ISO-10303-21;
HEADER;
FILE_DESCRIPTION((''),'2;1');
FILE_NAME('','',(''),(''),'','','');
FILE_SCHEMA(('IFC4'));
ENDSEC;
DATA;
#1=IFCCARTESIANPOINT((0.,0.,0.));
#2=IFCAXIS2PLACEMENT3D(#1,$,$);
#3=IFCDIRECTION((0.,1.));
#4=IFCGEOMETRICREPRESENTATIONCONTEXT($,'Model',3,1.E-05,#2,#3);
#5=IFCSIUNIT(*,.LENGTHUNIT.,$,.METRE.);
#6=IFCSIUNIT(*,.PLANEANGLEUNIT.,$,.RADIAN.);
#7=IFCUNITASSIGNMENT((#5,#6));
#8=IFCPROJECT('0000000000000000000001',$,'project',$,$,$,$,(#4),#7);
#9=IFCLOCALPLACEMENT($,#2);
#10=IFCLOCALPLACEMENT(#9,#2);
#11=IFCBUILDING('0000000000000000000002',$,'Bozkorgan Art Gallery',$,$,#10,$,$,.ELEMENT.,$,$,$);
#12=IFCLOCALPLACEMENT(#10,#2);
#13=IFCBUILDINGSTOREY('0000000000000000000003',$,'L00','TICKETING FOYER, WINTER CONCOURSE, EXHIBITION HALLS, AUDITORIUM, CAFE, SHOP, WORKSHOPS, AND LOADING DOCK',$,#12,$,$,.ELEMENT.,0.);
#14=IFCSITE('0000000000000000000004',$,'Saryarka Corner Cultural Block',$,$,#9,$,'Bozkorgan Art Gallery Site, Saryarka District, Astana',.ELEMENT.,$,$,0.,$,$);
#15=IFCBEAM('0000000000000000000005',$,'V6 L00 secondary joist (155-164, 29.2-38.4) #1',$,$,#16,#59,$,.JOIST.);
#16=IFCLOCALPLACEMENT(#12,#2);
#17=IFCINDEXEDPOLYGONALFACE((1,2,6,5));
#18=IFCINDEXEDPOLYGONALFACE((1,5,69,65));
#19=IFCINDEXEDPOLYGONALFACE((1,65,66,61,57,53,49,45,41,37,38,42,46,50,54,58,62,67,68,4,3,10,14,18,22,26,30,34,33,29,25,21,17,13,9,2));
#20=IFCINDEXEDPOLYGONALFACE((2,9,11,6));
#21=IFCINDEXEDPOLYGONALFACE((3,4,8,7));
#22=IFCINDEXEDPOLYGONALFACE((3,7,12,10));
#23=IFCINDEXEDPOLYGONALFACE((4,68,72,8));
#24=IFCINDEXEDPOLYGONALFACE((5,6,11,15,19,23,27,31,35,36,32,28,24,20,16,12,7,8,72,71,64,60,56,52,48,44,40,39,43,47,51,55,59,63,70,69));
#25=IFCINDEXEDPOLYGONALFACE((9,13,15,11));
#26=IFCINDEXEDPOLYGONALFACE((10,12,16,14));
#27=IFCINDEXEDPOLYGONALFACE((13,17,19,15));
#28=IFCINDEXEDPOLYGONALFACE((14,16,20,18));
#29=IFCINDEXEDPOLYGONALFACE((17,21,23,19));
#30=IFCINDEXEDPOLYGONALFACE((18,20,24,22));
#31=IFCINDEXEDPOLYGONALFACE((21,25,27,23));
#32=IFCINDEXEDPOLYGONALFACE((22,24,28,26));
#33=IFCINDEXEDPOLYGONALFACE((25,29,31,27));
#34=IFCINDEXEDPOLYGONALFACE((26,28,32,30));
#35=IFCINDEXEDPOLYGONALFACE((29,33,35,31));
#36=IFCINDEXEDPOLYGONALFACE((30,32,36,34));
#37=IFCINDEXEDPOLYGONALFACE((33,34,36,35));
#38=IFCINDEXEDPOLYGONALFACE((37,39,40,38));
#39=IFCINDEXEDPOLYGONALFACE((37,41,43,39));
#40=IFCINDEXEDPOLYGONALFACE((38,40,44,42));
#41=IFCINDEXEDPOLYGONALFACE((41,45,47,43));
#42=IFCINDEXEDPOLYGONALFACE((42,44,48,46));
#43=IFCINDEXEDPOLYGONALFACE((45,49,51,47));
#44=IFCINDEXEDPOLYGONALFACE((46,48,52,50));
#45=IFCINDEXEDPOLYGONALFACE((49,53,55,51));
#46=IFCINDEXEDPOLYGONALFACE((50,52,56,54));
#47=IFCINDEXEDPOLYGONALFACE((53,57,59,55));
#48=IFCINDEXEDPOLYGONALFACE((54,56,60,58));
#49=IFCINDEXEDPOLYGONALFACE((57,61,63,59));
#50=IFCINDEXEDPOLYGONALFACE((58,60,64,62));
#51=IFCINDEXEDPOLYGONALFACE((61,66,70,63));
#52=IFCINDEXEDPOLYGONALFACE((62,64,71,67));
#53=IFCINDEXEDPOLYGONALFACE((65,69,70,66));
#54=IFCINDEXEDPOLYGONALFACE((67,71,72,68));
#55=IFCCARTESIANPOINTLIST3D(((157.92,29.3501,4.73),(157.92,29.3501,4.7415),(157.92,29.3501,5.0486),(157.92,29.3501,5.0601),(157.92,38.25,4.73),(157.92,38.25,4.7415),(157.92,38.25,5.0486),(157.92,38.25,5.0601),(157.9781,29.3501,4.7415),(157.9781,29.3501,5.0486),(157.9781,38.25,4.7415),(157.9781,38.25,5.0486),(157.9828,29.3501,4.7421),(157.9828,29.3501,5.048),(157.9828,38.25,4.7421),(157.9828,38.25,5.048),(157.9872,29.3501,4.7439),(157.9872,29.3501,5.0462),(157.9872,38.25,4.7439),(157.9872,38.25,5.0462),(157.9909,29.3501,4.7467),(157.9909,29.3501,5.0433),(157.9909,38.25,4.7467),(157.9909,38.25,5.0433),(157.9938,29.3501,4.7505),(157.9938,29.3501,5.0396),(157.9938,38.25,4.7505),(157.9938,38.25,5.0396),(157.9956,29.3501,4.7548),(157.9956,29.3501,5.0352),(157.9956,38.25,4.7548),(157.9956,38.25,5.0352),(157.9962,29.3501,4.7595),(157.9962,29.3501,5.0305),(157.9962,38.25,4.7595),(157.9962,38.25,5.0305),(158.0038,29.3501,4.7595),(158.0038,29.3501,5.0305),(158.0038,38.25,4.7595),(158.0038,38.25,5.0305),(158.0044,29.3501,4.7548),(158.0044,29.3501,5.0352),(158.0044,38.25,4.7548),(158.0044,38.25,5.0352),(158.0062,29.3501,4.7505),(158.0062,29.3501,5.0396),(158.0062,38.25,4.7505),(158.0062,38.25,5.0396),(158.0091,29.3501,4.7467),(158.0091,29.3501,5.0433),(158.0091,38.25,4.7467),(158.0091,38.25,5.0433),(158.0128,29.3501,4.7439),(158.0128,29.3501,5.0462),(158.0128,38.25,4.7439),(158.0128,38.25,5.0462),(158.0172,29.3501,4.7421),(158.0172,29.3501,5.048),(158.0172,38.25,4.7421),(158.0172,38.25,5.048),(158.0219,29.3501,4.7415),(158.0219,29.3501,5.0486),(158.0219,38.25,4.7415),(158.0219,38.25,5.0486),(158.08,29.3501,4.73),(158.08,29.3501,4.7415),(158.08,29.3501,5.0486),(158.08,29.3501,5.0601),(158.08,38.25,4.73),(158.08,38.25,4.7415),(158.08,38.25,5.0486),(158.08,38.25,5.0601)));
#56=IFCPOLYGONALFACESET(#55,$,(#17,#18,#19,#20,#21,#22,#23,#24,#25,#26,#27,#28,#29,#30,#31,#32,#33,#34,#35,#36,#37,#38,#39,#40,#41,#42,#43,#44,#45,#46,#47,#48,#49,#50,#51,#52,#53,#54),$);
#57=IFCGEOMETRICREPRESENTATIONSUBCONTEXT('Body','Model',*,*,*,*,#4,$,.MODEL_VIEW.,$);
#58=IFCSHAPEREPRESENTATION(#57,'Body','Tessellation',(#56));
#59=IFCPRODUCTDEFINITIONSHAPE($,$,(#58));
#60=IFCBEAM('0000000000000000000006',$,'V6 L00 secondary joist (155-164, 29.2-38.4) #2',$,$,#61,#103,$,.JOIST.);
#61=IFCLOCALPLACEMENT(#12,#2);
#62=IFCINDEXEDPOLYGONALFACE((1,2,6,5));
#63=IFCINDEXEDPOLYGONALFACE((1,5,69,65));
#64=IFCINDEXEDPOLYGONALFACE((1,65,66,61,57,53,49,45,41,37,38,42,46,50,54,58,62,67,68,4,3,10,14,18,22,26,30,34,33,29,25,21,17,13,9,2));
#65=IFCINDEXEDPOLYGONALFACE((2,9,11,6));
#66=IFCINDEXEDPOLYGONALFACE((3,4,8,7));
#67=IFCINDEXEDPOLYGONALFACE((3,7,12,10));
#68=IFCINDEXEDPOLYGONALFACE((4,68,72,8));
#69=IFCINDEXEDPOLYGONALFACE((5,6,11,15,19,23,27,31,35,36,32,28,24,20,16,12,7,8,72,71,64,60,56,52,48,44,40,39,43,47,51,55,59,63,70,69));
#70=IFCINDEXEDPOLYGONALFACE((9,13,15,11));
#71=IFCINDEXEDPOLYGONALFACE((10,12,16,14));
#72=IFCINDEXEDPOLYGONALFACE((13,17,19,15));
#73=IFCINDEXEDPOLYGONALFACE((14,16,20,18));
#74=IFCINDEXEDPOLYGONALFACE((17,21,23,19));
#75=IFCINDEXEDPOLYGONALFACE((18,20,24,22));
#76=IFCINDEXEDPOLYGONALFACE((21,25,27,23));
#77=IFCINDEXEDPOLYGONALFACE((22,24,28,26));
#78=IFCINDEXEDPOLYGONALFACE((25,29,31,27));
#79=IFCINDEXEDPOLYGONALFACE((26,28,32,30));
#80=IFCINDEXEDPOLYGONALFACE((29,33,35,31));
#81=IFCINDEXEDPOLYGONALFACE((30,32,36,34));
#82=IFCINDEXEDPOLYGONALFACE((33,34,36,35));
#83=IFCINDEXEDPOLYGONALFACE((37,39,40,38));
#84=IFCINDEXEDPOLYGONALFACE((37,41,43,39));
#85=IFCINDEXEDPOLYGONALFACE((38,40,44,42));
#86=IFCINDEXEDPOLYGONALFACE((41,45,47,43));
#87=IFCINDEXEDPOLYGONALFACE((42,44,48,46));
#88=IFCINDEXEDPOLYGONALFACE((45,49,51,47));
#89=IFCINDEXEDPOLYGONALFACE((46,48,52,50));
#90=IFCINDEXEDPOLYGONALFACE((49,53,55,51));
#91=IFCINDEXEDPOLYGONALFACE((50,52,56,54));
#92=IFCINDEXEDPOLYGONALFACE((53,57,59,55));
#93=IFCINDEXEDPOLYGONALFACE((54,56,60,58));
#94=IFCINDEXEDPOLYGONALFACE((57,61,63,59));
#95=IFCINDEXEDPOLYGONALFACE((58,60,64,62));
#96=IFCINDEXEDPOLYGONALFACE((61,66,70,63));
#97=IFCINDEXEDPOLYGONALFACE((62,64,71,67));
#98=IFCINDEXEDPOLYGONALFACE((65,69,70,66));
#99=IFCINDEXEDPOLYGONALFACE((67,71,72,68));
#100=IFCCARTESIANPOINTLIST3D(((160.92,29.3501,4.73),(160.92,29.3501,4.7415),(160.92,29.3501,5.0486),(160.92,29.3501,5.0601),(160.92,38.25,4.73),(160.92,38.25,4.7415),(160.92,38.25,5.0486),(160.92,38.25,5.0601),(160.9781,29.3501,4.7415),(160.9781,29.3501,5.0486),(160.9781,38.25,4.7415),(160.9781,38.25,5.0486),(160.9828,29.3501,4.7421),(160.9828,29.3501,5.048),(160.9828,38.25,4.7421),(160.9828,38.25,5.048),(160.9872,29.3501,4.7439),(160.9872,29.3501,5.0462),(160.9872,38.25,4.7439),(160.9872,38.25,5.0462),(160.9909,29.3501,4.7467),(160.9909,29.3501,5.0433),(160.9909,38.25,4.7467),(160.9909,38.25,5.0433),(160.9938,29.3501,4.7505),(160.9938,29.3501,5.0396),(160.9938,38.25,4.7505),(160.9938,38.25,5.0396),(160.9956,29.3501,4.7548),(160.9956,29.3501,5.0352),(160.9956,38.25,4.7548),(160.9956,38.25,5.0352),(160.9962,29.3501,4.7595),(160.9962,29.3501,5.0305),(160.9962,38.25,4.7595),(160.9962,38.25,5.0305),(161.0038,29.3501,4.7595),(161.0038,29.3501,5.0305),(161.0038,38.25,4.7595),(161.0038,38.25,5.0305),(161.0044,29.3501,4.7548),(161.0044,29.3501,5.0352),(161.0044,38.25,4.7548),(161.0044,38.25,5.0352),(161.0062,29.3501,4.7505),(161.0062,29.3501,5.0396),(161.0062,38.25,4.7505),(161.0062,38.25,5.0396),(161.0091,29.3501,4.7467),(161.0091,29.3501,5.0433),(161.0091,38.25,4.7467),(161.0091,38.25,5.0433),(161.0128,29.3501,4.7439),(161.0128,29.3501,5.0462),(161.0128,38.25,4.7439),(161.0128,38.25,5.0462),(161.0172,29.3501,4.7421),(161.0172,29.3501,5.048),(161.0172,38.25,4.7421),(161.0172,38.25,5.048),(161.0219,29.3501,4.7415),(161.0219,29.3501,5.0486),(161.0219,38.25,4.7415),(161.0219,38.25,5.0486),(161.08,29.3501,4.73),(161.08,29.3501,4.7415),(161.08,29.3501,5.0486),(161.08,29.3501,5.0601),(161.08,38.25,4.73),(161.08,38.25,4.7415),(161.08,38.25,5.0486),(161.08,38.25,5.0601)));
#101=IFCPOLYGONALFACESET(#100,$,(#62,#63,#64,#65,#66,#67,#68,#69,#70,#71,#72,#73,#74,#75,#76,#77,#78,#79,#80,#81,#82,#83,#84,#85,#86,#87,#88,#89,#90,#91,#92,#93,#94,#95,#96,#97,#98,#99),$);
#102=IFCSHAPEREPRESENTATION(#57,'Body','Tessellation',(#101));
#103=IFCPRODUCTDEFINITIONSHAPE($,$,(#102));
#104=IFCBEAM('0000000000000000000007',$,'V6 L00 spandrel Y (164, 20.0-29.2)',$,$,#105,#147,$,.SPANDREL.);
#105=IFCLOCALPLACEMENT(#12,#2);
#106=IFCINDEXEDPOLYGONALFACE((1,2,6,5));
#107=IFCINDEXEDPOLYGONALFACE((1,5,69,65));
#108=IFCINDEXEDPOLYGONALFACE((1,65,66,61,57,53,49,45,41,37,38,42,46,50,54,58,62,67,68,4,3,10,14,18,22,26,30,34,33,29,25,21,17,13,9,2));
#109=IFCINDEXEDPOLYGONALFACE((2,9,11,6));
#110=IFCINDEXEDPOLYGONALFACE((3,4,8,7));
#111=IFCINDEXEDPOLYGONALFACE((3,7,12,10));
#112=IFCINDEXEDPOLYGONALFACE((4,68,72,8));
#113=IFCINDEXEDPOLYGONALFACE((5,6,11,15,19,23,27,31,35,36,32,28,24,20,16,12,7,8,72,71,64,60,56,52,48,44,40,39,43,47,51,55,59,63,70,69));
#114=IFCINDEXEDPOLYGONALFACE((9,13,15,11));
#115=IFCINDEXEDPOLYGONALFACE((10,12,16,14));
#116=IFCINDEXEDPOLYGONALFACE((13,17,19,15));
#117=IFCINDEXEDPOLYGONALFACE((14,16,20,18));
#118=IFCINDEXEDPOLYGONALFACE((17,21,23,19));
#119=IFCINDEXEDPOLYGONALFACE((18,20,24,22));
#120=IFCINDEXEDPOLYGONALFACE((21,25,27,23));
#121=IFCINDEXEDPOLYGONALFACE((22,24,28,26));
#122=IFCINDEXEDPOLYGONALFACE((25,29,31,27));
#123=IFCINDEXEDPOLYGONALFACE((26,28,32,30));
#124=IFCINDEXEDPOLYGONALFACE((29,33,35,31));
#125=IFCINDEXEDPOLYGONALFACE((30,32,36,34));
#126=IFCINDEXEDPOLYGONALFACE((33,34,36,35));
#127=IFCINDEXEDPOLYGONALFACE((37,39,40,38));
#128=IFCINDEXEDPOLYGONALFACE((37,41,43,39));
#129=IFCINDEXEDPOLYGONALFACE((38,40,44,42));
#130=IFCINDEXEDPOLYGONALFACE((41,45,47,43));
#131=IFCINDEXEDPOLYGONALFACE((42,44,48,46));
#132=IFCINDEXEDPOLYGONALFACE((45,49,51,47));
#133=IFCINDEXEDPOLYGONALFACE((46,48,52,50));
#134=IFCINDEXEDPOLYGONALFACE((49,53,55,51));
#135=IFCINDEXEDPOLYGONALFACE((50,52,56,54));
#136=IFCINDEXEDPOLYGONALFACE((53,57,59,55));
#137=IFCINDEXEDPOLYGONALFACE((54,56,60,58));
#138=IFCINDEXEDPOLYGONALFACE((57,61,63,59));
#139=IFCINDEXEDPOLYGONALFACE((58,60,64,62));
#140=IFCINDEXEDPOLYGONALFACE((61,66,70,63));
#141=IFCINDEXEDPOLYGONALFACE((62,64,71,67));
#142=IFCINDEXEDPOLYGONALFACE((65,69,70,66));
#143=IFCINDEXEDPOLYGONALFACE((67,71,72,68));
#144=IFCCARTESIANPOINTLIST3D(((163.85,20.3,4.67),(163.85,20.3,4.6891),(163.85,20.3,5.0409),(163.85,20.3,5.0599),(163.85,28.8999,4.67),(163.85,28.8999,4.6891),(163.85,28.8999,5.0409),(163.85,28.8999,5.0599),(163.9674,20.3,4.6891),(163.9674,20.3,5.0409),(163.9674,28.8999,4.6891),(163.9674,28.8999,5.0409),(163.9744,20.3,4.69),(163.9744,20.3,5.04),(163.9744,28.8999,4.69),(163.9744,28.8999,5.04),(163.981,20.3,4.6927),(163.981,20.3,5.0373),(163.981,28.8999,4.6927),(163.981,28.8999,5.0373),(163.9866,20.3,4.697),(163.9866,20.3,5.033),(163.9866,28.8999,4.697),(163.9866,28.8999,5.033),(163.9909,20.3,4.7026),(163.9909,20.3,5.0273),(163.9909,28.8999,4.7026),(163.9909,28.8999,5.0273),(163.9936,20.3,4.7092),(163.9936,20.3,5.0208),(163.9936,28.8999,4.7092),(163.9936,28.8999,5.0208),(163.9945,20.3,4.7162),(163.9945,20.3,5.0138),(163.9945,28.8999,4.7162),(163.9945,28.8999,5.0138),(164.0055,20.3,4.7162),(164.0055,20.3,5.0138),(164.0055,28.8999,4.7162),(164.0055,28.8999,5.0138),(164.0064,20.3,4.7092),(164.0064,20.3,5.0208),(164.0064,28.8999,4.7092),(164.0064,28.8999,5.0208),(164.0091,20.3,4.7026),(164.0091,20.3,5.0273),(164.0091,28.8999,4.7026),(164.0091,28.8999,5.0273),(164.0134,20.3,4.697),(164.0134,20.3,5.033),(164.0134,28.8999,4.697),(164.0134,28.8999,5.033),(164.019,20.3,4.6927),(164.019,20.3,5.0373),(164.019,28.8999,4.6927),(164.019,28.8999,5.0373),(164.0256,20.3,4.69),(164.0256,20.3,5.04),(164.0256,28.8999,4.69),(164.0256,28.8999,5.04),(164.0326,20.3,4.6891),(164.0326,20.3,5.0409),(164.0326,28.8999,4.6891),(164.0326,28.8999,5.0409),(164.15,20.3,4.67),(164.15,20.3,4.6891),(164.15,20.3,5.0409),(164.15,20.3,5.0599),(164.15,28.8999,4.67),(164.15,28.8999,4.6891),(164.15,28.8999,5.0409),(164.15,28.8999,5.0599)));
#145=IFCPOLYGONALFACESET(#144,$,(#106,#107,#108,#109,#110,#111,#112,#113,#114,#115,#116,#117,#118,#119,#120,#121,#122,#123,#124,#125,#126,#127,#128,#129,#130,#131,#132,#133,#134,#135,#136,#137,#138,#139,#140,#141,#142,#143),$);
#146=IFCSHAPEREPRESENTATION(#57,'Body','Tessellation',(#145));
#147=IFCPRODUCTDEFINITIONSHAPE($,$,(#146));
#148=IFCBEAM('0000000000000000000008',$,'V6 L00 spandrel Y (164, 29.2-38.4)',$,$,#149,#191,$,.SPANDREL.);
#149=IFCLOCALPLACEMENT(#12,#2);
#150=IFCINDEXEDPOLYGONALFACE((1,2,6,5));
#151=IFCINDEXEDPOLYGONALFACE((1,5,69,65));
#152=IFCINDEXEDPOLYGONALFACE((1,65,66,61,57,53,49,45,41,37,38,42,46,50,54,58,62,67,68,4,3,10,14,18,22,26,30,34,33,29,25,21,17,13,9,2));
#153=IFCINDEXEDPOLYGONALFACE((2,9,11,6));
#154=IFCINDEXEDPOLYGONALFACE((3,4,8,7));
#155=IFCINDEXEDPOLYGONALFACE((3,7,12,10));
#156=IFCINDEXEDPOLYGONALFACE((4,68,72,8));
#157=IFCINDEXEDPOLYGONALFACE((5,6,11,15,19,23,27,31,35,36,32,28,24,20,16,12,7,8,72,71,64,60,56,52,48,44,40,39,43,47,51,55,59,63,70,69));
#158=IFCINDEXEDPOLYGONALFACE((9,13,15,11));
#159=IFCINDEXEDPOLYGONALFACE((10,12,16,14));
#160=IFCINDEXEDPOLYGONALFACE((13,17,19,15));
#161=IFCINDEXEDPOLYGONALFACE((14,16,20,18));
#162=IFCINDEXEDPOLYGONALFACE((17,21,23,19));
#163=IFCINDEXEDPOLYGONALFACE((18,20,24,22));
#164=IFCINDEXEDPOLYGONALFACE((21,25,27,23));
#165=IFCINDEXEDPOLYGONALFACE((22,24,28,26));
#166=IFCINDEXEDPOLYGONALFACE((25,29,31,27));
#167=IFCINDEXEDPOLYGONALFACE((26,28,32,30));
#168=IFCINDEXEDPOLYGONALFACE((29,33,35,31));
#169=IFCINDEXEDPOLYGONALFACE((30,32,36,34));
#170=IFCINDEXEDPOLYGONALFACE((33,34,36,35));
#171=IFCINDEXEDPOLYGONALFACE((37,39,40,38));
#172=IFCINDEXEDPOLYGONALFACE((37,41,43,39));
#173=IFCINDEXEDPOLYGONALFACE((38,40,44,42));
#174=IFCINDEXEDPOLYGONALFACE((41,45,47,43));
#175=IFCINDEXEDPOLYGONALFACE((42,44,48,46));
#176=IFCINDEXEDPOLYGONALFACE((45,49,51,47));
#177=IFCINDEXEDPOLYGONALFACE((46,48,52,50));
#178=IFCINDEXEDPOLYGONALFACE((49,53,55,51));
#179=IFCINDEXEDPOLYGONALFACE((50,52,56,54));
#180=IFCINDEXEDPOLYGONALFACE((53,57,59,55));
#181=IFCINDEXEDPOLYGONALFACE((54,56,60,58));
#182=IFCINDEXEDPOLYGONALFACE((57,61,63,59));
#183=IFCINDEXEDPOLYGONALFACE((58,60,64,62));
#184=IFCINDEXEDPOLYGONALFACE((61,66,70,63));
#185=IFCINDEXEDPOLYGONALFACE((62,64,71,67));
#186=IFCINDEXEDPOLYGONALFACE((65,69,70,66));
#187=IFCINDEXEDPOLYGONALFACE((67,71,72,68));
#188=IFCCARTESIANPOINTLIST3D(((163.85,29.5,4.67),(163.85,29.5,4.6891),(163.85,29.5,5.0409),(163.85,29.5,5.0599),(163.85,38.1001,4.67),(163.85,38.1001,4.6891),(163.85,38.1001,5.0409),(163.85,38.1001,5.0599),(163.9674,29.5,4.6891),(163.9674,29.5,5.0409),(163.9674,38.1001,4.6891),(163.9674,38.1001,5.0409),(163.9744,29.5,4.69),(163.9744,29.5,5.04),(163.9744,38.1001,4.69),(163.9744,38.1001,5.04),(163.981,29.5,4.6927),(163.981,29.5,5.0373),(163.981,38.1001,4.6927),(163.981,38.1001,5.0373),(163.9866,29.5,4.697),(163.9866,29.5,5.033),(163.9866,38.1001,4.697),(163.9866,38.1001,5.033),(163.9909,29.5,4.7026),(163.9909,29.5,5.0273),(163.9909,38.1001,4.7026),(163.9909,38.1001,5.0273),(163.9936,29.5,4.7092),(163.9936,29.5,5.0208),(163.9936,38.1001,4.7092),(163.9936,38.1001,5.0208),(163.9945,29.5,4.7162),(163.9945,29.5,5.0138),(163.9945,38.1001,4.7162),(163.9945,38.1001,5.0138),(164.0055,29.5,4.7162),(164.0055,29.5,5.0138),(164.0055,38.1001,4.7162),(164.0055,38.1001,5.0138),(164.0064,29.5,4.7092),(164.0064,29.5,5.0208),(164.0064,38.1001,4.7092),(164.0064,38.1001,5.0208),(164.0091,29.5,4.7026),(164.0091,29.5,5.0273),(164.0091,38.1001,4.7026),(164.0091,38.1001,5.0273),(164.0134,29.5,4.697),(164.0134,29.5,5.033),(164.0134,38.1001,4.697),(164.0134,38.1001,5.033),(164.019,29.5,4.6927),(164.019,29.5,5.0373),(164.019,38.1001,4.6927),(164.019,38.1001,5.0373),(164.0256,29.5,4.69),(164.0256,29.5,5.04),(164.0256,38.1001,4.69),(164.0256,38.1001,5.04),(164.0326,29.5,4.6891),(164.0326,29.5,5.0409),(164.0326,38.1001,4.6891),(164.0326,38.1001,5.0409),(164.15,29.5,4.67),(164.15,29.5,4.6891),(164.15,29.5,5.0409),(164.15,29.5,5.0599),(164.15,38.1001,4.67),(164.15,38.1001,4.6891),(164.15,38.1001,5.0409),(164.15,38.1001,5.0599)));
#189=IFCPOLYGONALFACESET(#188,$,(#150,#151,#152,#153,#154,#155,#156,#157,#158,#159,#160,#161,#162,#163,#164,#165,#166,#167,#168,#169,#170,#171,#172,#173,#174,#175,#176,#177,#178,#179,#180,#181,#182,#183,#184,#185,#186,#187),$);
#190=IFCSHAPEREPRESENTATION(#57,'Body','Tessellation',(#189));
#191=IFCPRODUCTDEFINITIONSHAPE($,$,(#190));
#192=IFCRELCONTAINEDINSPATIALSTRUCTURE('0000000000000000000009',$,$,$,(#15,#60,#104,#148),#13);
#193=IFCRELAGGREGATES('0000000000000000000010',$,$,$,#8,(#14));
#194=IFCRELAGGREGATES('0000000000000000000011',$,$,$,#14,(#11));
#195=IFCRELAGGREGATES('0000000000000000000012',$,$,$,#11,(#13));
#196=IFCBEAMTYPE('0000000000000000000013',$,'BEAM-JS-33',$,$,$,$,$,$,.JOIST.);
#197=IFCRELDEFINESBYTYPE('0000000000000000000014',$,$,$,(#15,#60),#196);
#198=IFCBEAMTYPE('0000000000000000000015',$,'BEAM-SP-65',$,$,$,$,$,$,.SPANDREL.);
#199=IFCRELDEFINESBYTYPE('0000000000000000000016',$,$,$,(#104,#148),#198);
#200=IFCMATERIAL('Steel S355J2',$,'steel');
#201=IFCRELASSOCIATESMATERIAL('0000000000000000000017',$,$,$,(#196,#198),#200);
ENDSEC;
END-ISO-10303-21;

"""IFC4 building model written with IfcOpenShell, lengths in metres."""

from ifc_helpers import new_model, si_unit, direction, frame, origin, origin_2d, place, context, subcontext, project, spatial, i_section, extrude, material, material_profile, profile_set, type_object, element, save


model = new_model("IFC4")

# Units and contexts
model_context = context("Model", 3, precision=1e-05, world=origin(), true_north=direction((0.0, 1.0)))
body_context = subcontext(model_context, "Body", "Model", "MODEL_VIEW")
ifc_project = project(units=[si_unit("LENGTHUNIT", "METRE"), si_unit("PLANEANGLEUNIT", "RADIAN")], contexts=[model_context])

# Site, building, storey
site_placement = place(None, origin())
site = spatial("IfcSite", under=ifc_project, at=site_placement, Name="Saryarka Corner Cultural Block", LongName="Bozkorgan Art Gallery Site, Saryarka District, Astana", CompositionType="ELEMENT", RefElevation=0.0)
building_placement = place(site_placement, origin())
building = spatial("IfcBuilding", under=site, at=building_placement, Name="Bozkorgan Art Gallery", CompositionType="ELEMENT")
storey_placement = place(building_placement, origin())
storey = spatial("IfcBuildingStorey", under=building, at=storey_placement, Name="L00", Description="TICKETING FOYER, WINTER CONCOURSE, EXHIBITION HALLS, AUDITORIUM, CAFE, SHOP, WORKSHOPS, AND LOADING DOCK", CompositionType="ELEMENT", Elevation=0.0)

# Beams
ifc_material_1 = material(Name="Steel S355J2", Category="steel")
ifc_material_profile_1 = material_profile(ifc_material_1, i_section(OverallWidth=0.1599, OverallDepth=0.3301, WebThickness=0.0076, FlangeThickness=0.0115, FilletRadius=0.0181, at=origin_2d()), Name="IPE 330")
ifc_profile_set_1 = profile_set([ifc_material_profile_1], Name="Steel S355J2")
beam_type_1 = type_object("IfcBeamType", Name="BEAM-JS-33", PredefinedType="JOIST", material=ifc_profile_set_1)
for number, where, z_axis, x_axis, name in (
    (1, (158.0, 29.3501, 4.895), (0.0, 1.0, 0.0), (-1.0, 0.0, 0.0), "V6 L00 secondary joist (155-164, 29.2-38.4) #1"),
    (2, (161.0, 29.3501, 4.895), (0.0, 1.0, 0.0), (-1.0, 0.0, 0.0), "V6 L00 secondary joist (155-164, 29.2-38.4) #2"),
):
    element("IfcBeam", number, at=place(storey_placement, frame(where, z_axis=z_axis, x_axis=x_axis)), inside=storey, type_object=beam_type_1, Name=name, PredefinedType="JOIST", context=body_context, shape_type="SweptSolid", body=[
        extrude(i_section(OverallWidth=0.1599, OverallDepth=0.3301, WebThickness=0.0076, FlangeThickness=0.0115, FilletRadius=0.0181, at=origin_2d()), origin(), (0.0, 0.0, 1.0), 8.8999),
    ])
ifc_material_profile_2 = material_profile(ifc_material_1, i_section(OverallWidth=0.3, OverallDepth=0.3899, WebThickness=0.011, FlangeThickness=0.019, FilletRadius=0.0271, at=origin_2d()), Name="HEA 400")
ifc_profile_set_2 = profile_set([ifc_material_profile_2], Name="Steel S355J2")
beam_type_2 = type_object("IfcBeamType", Name="BEAM-SP-65", PredefinedType="SPANDREL", material=ifc_profile_set_2)
beam_1_placement = place(storey_placement, frame((164.0, 20.3, 4.865), z_axis=(0.0, 1.0, 0.0), x_axis=(-1.0, 0.0, 0.0)))
element("IfcBeam", 3, at=beam_1_placement, inside=storey, type_object=beam_type_2, Name="V6 L00 spandrel Y (164, 20.0-29.2)", PredefinedType="SPANDREL", context=body_context, shape_type="SweptSolid", body=[
    extrude(i_section(OverallWidth=0.3, OverallDepth=0.3899, WebThickness=0.011, FlangeThickness=0.019, FilletRadius=0.0271, at=origin_2d()), origin(), (0.0, 0.0, 1.0), 8.5999),
])
beam_2_placement = place(storey_placement, frame((164.0, 29.5, 4.865), z_axis=(0.0, 1.0, 0.0), x_axis=(-1.0, 0.0, 0.0)))
element("IfcBeam", 4, at=beam_2_placement, inside=storey, type_object=beam_type_2, Name="V6 L00 spandrel Y (164, 29.2-38.4)", PredefinedType="SPANDREL", context=body_context, shape_type="SweptSolid", body=[
    extrude(i_section(OverallWidth=0.3, OverallDepth=0.3899, WebThickness=0.011, FlangeThickness=0.019, FilletRadius=0.0271, at=origin_2d()), origin(), (0.0, 0.0, 1.0), 8.6001),
])

save(model, "model.ifc")
